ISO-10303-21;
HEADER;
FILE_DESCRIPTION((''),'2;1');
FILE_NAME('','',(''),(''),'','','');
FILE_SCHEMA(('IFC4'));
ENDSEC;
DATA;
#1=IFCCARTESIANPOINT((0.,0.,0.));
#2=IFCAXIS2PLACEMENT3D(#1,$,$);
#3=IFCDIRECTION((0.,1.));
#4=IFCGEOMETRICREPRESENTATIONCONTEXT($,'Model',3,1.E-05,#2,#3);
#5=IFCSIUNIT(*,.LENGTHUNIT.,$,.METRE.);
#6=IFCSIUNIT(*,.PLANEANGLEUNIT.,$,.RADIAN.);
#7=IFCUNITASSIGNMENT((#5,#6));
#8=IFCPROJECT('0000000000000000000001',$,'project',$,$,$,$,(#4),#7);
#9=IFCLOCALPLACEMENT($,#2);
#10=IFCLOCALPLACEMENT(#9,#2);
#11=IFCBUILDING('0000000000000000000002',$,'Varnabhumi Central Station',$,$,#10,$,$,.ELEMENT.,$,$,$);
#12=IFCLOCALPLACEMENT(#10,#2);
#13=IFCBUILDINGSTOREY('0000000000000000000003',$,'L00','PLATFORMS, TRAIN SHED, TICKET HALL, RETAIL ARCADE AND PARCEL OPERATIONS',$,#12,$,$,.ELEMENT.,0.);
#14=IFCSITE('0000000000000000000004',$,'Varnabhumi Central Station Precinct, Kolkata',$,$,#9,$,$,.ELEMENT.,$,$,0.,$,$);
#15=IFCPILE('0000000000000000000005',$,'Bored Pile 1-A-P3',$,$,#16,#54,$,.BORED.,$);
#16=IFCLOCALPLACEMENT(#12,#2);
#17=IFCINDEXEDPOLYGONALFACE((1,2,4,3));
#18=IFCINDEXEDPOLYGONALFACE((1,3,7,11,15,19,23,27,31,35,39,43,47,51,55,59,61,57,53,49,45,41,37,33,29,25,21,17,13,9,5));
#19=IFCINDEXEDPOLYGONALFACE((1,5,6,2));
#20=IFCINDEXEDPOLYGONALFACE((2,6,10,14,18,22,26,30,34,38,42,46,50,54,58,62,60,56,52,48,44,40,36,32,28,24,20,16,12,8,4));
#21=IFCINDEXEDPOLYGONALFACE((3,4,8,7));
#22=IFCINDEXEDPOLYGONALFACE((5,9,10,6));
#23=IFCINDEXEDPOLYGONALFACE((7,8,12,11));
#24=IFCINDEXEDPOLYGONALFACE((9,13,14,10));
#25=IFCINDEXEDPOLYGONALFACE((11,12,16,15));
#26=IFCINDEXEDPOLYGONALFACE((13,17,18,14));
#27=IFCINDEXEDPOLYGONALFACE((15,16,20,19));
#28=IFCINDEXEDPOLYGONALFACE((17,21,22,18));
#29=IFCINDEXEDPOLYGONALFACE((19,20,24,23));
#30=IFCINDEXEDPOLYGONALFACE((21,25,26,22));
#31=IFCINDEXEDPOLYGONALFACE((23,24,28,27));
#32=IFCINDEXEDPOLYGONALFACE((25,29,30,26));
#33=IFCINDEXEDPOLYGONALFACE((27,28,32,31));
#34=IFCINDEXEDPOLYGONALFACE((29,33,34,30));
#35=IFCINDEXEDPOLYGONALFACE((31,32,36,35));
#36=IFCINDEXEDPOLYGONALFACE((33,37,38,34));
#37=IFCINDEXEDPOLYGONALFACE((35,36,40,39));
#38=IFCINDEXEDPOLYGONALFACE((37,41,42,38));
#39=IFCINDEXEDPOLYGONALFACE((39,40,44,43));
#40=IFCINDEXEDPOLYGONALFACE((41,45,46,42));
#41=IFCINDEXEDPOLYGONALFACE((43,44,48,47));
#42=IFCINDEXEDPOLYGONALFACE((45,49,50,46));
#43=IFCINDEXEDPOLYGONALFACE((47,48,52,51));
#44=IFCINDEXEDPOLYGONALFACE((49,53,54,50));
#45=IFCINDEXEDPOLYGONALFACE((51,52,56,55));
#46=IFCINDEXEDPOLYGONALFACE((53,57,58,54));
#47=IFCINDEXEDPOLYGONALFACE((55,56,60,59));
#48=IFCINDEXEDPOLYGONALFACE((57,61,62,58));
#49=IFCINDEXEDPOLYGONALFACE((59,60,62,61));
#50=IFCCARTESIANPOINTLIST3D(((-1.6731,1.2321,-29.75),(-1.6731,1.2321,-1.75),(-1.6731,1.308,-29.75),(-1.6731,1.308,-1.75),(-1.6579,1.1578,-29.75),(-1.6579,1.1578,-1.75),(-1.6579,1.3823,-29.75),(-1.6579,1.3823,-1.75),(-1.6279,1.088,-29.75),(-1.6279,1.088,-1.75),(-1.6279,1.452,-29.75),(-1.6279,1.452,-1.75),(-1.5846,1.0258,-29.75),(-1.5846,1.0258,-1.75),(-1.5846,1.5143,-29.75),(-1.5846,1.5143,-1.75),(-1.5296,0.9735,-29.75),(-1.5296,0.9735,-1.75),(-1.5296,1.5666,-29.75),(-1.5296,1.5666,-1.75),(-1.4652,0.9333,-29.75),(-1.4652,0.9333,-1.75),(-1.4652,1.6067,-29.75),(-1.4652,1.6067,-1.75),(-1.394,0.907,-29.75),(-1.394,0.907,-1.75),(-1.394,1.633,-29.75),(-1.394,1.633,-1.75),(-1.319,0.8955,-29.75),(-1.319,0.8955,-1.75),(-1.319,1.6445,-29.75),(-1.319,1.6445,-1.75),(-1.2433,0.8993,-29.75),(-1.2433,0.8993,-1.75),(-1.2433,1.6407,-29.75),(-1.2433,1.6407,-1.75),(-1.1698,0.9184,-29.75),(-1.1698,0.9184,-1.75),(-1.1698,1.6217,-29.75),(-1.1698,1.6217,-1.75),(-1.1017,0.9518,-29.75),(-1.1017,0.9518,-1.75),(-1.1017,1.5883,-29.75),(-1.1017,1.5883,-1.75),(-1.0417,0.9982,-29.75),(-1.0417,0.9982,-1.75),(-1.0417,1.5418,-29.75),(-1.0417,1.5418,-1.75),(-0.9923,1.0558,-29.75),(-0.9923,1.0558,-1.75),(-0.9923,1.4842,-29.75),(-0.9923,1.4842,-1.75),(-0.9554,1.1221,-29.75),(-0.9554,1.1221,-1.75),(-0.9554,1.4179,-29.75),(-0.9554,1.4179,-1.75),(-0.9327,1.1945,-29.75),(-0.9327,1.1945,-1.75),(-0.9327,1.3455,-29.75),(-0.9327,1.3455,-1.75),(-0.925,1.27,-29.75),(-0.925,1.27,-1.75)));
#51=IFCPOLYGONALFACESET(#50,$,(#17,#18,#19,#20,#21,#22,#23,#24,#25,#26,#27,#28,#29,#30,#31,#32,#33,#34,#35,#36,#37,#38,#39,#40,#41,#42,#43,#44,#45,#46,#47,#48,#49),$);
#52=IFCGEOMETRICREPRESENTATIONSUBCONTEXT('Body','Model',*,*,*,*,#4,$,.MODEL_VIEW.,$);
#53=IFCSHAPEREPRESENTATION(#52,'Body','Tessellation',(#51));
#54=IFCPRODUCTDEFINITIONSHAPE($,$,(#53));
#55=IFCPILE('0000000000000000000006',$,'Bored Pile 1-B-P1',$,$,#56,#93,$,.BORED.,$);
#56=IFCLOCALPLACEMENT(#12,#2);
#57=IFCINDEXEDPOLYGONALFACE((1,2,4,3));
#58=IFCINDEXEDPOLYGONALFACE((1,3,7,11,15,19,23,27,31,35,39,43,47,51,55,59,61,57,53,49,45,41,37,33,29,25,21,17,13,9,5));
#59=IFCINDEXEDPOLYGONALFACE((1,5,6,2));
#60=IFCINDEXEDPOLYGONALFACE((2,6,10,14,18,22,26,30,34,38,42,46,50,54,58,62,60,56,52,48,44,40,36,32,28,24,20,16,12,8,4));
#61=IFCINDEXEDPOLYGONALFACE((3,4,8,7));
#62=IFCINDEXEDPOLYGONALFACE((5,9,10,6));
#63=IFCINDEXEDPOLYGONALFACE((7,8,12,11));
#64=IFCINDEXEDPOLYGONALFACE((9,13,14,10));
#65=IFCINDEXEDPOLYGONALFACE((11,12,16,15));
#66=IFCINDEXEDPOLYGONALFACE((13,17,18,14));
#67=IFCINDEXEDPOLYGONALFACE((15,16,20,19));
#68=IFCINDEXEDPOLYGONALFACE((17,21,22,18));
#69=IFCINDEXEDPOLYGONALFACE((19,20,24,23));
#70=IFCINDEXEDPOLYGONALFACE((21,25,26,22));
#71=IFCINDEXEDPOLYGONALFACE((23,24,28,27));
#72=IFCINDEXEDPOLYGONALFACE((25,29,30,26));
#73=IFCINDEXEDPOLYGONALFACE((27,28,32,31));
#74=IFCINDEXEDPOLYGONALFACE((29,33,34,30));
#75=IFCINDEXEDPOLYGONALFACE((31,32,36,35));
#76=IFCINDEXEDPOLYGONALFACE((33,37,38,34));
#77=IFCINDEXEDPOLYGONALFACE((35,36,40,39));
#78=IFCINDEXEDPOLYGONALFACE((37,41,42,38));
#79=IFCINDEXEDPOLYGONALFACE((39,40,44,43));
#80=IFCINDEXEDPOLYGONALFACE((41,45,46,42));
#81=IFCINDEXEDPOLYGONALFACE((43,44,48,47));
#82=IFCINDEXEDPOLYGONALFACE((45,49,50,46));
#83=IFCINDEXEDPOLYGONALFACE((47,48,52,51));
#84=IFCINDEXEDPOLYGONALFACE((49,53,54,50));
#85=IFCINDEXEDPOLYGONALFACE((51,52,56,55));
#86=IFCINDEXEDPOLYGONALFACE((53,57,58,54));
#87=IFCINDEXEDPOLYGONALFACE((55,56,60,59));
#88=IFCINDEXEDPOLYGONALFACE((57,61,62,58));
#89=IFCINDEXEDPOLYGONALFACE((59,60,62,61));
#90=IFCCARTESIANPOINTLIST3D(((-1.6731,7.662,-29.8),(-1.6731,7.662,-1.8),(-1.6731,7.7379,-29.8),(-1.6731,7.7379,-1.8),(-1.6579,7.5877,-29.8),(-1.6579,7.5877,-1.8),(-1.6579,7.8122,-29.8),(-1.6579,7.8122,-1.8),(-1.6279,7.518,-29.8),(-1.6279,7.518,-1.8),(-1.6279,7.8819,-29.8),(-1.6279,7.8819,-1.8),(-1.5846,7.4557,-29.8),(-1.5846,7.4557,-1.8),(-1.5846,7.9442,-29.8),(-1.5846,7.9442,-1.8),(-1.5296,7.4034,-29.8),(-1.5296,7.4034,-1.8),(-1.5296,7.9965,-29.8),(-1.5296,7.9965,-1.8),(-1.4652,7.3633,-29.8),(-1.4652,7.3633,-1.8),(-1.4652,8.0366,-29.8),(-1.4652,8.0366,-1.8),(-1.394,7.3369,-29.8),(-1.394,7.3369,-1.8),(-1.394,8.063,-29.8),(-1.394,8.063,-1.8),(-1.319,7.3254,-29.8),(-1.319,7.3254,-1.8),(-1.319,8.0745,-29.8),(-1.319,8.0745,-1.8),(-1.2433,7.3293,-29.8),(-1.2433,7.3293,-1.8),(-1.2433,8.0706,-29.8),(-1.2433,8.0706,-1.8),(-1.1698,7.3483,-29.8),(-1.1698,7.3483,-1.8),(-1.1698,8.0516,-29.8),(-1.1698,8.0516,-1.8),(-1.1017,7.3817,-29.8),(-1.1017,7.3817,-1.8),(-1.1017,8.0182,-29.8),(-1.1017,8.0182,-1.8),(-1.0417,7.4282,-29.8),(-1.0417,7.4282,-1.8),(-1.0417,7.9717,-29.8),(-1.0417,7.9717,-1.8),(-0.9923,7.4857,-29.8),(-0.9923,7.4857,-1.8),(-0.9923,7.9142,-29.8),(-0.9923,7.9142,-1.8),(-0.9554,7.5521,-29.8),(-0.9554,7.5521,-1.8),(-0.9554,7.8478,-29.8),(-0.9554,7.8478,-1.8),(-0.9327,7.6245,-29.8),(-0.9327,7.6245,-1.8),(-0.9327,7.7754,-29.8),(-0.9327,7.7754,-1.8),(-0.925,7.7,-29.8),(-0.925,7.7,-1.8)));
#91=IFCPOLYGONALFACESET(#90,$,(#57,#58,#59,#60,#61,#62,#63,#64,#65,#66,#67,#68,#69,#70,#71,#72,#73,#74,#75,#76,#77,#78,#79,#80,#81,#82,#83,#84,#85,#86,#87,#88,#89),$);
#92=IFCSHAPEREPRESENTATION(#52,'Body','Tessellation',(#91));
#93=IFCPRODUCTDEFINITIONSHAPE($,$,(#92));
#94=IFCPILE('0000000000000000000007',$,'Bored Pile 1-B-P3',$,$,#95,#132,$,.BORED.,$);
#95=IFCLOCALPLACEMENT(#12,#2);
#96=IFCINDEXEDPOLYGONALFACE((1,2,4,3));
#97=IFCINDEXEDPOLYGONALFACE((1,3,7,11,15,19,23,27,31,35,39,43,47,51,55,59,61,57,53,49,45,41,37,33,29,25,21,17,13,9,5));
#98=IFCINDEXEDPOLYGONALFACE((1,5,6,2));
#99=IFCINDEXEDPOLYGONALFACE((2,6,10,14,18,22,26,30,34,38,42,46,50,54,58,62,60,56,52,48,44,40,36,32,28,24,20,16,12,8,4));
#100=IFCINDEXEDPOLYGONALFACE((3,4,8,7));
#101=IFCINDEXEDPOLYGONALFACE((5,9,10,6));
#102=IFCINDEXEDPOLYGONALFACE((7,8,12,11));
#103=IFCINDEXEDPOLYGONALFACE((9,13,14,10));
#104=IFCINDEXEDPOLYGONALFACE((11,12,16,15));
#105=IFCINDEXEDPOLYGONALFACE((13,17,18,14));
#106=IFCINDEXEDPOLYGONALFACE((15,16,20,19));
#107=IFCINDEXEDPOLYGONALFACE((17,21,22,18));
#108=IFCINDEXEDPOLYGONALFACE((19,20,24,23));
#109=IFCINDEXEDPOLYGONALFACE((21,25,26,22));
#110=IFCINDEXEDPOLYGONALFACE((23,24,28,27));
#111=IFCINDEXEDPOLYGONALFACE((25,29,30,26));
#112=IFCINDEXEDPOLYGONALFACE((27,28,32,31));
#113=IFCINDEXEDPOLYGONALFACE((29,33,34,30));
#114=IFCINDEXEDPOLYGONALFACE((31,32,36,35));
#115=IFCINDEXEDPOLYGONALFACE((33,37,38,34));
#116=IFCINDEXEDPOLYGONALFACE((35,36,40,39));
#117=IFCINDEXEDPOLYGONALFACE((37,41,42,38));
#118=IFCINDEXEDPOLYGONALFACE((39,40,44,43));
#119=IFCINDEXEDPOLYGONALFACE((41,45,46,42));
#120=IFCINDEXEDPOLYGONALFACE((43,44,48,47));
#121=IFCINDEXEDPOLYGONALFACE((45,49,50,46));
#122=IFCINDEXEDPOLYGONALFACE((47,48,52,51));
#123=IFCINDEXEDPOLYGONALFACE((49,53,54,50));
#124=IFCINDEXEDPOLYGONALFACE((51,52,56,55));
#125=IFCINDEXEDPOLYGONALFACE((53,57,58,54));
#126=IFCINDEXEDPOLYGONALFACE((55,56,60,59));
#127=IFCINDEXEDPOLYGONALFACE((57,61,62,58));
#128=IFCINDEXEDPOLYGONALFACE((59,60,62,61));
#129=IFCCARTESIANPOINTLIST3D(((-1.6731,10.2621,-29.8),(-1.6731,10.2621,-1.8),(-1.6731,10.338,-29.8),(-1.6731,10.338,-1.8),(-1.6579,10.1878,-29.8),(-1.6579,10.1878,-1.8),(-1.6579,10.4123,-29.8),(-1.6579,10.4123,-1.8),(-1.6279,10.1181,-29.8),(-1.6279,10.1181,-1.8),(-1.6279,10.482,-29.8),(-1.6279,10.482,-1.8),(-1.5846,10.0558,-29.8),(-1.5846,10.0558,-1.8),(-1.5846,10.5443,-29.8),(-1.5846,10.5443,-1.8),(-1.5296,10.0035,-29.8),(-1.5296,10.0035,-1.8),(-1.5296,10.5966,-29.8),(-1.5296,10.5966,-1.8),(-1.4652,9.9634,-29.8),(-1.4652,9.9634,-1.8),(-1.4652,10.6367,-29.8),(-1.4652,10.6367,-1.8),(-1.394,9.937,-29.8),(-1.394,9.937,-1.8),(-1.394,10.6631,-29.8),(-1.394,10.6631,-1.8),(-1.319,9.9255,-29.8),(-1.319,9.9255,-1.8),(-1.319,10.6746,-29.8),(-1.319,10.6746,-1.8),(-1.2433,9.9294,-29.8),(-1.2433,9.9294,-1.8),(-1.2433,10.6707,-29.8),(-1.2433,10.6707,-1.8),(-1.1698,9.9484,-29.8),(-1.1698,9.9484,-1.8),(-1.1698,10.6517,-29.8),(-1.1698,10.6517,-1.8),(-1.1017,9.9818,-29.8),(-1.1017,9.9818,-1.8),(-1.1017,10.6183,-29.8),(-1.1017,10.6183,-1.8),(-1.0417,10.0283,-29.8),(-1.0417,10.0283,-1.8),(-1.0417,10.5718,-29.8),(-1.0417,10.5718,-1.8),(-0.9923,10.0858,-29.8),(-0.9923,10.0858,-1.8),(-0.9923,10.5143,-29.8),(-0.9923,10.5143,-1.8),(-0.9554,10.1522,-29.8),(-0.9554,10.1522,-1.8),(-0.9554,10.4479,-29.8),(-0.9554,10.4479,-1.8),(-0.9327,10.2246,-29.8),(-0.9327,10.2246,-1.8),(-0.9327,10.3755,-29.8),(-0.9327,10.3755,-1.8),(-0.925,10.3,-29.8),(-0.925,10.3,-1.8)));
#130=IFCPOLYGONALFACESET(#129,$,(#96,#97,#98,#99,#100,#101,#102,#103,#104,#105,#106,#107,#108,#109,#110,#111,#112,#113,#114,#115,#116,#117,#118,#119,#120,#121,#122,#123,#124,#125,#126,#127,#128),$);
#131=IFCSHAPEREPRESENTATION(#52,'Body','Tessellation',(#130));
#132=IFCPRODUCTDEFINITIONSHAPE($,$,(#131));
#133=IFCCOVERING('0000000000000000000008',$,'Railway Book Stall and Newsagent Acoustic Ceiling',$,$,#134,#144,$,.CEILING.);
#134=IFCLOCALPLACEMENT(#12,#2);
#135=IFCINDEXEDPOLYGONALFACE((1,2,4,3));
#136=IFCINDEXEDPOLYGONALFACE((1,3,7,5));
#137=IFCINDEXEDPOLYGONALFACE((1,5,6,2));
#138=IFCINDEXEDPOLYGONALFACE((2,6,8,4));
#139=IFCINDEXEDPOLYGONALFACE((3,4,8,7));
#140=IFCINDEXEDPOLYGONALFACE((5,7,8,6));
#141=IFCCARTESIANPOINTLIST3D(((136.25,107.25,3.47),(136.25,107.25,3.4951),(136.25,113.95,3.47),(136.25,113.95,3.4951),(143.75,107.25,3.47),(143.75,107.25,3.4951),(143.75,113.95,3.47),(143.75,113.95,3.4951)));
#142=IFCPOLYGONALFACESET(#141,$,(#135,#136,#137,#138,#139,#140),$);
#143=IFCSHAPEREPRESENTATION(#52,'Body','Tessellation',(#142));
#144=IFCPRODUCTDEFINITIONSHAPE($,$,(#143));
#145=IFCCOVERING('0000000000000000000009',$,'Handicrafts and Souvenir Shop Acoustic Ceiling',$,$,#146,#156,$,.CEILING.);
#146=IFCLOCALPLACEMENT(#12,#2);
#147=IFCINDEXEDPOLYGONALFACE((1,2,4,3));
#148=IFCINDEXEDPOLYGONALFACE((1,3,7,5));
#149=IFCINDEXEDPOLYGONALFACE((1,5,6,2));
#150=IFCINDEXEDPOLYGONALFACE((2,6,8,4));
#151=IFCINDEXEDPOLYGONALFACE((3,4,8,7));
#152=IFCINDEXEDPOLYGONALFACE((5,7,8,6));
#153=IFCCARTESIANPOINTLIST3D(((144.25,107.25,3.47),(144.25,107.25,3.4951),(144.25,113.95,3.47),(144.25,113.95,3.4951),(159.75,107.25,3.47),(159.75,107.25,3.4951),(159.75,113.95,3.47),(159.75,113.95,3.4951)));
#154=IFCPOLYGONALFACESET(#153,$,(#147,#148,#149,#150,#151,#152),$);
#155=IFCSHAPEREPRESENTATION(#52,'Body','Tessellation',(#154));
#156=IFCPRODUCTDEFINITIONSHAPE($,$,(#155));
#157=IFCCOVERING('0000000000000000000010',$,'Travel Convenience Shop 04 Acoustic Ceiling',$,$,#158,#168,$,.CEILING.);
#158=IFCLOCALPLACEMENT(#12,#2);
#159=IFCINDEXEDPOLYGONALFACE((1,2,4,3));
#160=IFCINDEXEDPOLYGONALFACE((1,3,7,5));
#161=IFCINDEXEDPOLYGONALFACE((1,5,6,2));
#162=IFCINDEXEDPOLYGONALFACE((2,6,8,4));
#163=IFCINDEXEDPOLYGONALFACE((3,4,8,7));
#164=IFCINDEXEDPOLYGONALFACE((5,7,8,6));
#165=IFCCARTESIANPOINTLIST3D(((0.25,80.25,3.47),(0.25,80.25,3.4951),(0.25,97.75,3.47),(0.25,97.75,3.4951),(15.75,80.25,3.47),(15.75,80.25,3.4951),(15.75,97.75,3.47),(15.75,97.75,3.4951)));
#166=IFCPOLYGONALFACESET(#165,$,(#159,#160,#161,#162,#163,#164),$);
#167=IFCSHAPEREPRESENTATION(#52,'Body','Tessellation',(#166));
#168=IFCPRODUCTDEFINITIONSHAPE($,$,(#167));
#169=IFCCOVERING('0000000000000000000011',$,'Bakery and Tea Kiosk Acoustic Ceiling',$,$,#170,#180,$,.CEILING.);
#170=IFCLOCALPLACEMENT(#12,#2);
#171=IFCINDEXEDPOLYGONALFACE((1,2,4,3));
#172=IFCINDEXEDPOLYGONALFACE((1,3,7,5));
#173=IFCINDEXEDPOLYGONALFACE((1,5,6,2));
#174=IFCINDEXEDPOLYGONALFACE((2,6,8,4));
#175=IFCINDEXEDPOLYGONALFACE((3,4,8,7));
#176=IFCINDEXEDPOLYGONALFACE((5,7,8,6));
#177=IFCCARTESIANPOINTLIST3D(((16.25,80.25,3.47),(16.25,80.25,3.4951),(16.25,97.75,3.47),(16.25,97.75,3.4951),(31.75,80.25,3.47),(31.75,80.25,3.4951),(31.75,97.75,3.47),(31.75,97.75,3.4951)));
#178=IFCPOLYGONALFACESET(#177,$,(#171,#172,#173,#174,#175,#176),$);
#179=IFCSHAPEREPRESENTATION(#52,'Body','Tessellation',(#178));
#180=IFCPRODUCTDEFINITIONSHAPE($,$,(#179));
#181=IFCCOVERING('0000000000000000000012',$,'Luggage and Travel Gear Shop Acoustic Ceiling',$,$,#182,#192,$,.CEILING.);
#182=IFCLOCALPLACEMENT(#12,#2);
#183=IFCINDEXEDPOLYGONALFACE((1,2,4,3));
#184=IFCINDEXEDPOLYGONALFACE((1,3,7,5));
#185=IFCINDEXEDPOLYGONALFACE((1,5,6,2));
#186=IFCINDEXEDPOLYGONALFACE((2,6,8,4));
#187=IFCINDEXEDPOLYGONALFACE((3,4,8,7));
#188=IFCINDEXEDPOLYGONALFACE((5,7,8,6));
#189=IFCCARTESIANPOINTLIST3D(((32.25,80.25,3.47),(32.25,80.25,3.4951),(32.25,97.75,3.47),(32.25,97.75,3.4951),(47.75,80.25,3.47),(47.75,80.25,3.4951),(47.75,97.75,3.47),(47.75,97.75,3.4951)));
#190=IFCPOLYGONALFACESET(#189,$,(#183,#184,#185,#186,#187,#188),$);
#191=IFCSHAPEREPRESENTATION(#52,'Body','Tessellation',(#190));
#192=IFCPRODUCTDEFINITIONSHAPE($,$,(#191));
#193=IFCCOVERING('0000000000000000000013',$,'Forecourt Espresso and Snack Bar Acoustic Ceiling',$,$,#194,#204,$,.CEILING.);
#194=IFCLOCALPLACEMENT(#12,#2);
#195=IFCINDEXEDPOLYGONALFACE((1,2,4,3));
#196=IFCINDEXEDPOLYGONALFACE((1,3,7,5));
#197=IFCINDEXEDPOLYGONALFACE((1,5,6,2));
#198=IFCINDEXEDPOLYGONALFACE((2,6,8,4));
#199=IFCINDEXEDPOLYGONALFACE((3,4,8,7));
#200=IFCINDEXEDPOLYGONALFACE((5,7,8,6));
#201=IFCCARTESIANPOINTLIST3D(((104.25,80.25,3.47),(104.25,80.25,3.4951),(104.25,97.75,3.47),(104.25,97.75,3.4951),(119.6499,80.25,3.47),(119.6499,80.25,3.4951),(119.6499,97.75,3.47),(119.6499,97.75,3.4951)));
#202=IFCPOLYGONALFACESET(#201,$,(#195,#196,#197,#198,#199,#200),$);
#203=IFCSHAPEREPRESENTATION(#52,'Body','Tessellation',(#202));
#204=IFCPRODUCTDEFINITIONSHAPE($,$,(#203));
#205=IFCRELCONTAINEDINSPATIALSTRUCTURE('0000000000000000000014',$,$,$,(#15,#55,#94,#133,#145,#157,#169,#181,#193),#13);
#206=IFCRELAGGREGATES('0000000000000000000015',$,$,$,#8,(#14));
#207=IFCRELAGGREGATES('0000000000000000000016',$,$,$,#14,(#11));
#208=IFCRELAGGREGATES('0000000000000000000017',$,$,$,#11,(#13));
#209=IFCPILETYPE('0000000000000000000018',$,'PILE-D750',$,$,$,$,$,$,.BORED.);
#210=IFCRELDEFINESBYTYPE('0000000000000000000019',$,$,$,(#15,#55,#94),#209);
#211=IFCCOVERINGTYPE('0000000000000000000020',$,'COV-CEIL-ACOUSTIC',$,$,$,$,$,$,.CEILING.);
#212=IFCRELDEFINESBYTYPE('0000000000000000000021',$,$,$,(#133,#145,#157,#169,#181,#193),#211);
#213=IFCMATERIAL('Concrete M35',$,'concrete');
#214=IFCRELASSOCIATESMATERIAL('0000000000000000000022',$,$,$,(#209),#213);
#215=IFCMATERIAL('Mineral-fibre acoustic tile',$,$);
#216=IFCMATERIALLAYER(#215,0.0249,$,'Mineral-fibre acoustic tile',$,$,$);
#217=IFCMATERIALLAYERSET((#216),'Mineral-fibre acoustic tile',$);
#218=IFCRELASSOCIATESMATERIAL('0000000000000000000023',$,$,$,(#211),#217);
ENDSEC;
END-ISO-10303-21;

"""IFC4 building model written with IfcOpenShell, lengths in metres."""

from ifc_helpers import new_model, si_unit, direction, frame, origin, origin_2d, place, context, subcontext, project, spatial, polyline, circle, outline, extrude, material, layer, layer_set, material_profile, profile_set, type_object, element, save


model = new_model("IFC4")

# Units and contexts
model_context = context("Model", 3, precision=1e-05, world=origin(), true_north=direction((0.0, 1.0)))
body_context = subcontext(model_context, "Body", "Model", "MODEL_VIEW")
ifc_project = project(units=[si_unit("LENGTHUNIT", "METRE"), si_unit("PLANEANGLEUNIT", "RADIAN")], contexts=[model_context])

# Site, building, storey
site_placement = place(None, origin())
site = spatial("IfcSite", under=ifc_project, at=site_placement, Name="Varnabhumi Central Station Precinct, Kolkata", CompositionType="ELEMENT", RefElevation=0.0)
building_placement = place(site_placement, origin())
building = spatial("IfcBuilding", under=site, at=building_placement, Name="Varnabhumi Central Station", CompositionType="ELEMENT")
storey_placement = place(building_placement, origin())
storey = spatial("IfcBuildingStorey", under=building, at=storey_placement, Name="L00", Description="PLATFORMS, TRAIN SHED, TICKET HALL, RETAIL ARCADE AND PARCEL OPERATIONS", CompositionType="ELEMENT", Elevation=0.0)

# Piles
ifc_material_1 = material(Name="Concrete M35", Category="concrete")
ifc_material_profile = material_profile(ifc_material_1, circle(Radius=0.375, at=origin_2d()), Name="Concrete M35", Category="concrete")
ifc_profile_set = profile_set([ifc_material_profile], Name="Concrete M35")
pile_type = type_object("IfcPileType", Name="PILE-D750", PredefinedType="BORED", material=ifc_profile_set)
for number, where, z_axis, x_axis, name in (
    (1, (-1.3, 1.27, -1.75), (0.0, 0.0, -1.0), (1.0, 0.0, 0.0), "Bored Pile 1-A-P3"),
    (2, (-1.3, 7.7, -1.8), (0.0, 0.0, -1.0), (1.0, 0.0, 0.0), "Bored Pile 1-B-P1"),
    (3, (-1.3, 10.3, -1.8), (0.0, 0.0, -1.0), (1.0, 0.0, 0.0), "Bored Pile 1-B-P3"),
):
    element("IfcPile", number, at=place(storey_placement, frame(where, z_axis=z_axis, x_axis=x_axis)), inside=storey, type_object=pile_type, Name=name, PredefinedType="BORED", context=body_context, shape_type="SweptSolid", body=[
        extrude(circle(Radius=0.375, at=origin_2d()), origin(), (0.0, 0.0, 1.0), 28.0),
    ])

# Coverings
ifc_material_2 = material(Name="Mineral-fibre acoustic tile")
ifc_layer_1 = layer(ifc_material_2, 0.0249, Name="Mineral-fibre acoustic tile")
ifc_layer_set_1 = layer_set([ifc_layer_1], Name="Mineral-fibre acoustic tile")
covering_type_1 = type_object("IfcCoveringType", Name="COV-CEIL-ACOUSTIC", PredefinedType="CEILING", material=ifc_layer_set_1)
covering_1_placement = place(storey_placement, frame((0.0, 0.0, 3.47)))
element("IfcCovering", 4, at=covering_1_placement, inside=storey, type_object=covering_type_1, Name="Railway Book Stall and Newsagent Acoustic Ceiling", PredefinedType="CEILING", context=body_context, shape_type="SweptSolid", body=[
    extrude(outline(polyline([(136.25, 107.25), (143.75, 107.25), (143.75, 113.95), (136.25, 113.95), (136.25, 107.25)])), origin(), (0.0, 0.0, 1.0), 0.0251),
])
covering_2_placement = place(storey_placement, frame((0.0, 0.0, 3.47)))
element("IfcCovering", 5, at=covering_2_placement, inside=storey, type_object=covering_type_1, Name="Handicrafts and Souvenir Shop Acoustic Ceiling", PredefinedType="CEILING", context=body_context, shape_type="SweptSolid", body=[
    extrude(outline(polyline([(144.25, 107.25), (159.75, 107.25), (159.75, 113.95), (144.25, 113.95), (144.25, 107.25)])), origin(), (0.0, 0.0, 1.0), 0.0251),
])
covering_3_placement = place(storey_placement, frame((0.0, 0.0, 3.47)))
element("IfcCovering", 6, at=covering_3_placement, inside=storey, type_object=covering_type_1, Name="Travel Convenience Shop 04 Acoustic Ceiling", PredefinedType="CEILING", context=body_context, shape_type="SweptSolid", body=[
    extrude(outline(polyline([(0.25, 80.25), (15.75, 80.25), (15.75, 97.75), (0.25, 97.75), (0.25, 80.25)])), origin(), (0.0, 0.0, 1.0), 0.0251),
])
covering_4_placement = place(storey_placement, frame((0.0, 0.0, 3.47)))
element("IfcCovering", 7, at=covering_4_placement, inside=storey, type_object=covering_type_1, Name="Bakery and Tea Kiosk Acoustic Ceiling", PredefinedType="CEILING", context=body_context, shape_type="SweptSolid", body=[
    extrude(outline(polyline([(16.25, 80.25), (31.75, 80.25), (31.75, 97.75), (16.25, 97.75), (16.25, 80.25)])), origin(), (0.0, 0.0, 1.0), 0.0251),
])
covering_5_placement = place(storey_placement, frame((0.0, 0.0, 3.47)))
element("IfcCovering", 8, at=covering_5_placement, inside=storey, type_object=covering_type_1, Name="Luggage and Travel Gear Shop Acoustic Ceiling", PredefinedType="CEILING", context=body_context, shape_type="SweptSolid", body=[
    extrude(outline(polyline([(32.25, 80.25), (47.75, 80.25), (47.75, 97.75), (32.25, 97.75), (32.25, 80.25)])), origin(), (0.0, 0.0, 1.0), 0.0251),
])
covering_6_placement = place(storey_placement, frame((0.0, 0.0, 3.47)))
element("IfcCovering", 9, at=covering_6_placement, inside=storey, type_object=covering_type_1, Name="Forecourt Espresso and Snack Bar Acoustic Ceiling", PredefinedType="CEILING", context=body_context, shape_type="SweptSolid", body=[
    extrude(outline(polyline([(104.25, 80.25), (119.6499, 80.25), (119.6499, 97.75), (104.25, 97.75), (104.25, 80.25)])), origin(), (0.0, 0.0, 1.0), 0.0251),
])

save(model, "model.ifc")
